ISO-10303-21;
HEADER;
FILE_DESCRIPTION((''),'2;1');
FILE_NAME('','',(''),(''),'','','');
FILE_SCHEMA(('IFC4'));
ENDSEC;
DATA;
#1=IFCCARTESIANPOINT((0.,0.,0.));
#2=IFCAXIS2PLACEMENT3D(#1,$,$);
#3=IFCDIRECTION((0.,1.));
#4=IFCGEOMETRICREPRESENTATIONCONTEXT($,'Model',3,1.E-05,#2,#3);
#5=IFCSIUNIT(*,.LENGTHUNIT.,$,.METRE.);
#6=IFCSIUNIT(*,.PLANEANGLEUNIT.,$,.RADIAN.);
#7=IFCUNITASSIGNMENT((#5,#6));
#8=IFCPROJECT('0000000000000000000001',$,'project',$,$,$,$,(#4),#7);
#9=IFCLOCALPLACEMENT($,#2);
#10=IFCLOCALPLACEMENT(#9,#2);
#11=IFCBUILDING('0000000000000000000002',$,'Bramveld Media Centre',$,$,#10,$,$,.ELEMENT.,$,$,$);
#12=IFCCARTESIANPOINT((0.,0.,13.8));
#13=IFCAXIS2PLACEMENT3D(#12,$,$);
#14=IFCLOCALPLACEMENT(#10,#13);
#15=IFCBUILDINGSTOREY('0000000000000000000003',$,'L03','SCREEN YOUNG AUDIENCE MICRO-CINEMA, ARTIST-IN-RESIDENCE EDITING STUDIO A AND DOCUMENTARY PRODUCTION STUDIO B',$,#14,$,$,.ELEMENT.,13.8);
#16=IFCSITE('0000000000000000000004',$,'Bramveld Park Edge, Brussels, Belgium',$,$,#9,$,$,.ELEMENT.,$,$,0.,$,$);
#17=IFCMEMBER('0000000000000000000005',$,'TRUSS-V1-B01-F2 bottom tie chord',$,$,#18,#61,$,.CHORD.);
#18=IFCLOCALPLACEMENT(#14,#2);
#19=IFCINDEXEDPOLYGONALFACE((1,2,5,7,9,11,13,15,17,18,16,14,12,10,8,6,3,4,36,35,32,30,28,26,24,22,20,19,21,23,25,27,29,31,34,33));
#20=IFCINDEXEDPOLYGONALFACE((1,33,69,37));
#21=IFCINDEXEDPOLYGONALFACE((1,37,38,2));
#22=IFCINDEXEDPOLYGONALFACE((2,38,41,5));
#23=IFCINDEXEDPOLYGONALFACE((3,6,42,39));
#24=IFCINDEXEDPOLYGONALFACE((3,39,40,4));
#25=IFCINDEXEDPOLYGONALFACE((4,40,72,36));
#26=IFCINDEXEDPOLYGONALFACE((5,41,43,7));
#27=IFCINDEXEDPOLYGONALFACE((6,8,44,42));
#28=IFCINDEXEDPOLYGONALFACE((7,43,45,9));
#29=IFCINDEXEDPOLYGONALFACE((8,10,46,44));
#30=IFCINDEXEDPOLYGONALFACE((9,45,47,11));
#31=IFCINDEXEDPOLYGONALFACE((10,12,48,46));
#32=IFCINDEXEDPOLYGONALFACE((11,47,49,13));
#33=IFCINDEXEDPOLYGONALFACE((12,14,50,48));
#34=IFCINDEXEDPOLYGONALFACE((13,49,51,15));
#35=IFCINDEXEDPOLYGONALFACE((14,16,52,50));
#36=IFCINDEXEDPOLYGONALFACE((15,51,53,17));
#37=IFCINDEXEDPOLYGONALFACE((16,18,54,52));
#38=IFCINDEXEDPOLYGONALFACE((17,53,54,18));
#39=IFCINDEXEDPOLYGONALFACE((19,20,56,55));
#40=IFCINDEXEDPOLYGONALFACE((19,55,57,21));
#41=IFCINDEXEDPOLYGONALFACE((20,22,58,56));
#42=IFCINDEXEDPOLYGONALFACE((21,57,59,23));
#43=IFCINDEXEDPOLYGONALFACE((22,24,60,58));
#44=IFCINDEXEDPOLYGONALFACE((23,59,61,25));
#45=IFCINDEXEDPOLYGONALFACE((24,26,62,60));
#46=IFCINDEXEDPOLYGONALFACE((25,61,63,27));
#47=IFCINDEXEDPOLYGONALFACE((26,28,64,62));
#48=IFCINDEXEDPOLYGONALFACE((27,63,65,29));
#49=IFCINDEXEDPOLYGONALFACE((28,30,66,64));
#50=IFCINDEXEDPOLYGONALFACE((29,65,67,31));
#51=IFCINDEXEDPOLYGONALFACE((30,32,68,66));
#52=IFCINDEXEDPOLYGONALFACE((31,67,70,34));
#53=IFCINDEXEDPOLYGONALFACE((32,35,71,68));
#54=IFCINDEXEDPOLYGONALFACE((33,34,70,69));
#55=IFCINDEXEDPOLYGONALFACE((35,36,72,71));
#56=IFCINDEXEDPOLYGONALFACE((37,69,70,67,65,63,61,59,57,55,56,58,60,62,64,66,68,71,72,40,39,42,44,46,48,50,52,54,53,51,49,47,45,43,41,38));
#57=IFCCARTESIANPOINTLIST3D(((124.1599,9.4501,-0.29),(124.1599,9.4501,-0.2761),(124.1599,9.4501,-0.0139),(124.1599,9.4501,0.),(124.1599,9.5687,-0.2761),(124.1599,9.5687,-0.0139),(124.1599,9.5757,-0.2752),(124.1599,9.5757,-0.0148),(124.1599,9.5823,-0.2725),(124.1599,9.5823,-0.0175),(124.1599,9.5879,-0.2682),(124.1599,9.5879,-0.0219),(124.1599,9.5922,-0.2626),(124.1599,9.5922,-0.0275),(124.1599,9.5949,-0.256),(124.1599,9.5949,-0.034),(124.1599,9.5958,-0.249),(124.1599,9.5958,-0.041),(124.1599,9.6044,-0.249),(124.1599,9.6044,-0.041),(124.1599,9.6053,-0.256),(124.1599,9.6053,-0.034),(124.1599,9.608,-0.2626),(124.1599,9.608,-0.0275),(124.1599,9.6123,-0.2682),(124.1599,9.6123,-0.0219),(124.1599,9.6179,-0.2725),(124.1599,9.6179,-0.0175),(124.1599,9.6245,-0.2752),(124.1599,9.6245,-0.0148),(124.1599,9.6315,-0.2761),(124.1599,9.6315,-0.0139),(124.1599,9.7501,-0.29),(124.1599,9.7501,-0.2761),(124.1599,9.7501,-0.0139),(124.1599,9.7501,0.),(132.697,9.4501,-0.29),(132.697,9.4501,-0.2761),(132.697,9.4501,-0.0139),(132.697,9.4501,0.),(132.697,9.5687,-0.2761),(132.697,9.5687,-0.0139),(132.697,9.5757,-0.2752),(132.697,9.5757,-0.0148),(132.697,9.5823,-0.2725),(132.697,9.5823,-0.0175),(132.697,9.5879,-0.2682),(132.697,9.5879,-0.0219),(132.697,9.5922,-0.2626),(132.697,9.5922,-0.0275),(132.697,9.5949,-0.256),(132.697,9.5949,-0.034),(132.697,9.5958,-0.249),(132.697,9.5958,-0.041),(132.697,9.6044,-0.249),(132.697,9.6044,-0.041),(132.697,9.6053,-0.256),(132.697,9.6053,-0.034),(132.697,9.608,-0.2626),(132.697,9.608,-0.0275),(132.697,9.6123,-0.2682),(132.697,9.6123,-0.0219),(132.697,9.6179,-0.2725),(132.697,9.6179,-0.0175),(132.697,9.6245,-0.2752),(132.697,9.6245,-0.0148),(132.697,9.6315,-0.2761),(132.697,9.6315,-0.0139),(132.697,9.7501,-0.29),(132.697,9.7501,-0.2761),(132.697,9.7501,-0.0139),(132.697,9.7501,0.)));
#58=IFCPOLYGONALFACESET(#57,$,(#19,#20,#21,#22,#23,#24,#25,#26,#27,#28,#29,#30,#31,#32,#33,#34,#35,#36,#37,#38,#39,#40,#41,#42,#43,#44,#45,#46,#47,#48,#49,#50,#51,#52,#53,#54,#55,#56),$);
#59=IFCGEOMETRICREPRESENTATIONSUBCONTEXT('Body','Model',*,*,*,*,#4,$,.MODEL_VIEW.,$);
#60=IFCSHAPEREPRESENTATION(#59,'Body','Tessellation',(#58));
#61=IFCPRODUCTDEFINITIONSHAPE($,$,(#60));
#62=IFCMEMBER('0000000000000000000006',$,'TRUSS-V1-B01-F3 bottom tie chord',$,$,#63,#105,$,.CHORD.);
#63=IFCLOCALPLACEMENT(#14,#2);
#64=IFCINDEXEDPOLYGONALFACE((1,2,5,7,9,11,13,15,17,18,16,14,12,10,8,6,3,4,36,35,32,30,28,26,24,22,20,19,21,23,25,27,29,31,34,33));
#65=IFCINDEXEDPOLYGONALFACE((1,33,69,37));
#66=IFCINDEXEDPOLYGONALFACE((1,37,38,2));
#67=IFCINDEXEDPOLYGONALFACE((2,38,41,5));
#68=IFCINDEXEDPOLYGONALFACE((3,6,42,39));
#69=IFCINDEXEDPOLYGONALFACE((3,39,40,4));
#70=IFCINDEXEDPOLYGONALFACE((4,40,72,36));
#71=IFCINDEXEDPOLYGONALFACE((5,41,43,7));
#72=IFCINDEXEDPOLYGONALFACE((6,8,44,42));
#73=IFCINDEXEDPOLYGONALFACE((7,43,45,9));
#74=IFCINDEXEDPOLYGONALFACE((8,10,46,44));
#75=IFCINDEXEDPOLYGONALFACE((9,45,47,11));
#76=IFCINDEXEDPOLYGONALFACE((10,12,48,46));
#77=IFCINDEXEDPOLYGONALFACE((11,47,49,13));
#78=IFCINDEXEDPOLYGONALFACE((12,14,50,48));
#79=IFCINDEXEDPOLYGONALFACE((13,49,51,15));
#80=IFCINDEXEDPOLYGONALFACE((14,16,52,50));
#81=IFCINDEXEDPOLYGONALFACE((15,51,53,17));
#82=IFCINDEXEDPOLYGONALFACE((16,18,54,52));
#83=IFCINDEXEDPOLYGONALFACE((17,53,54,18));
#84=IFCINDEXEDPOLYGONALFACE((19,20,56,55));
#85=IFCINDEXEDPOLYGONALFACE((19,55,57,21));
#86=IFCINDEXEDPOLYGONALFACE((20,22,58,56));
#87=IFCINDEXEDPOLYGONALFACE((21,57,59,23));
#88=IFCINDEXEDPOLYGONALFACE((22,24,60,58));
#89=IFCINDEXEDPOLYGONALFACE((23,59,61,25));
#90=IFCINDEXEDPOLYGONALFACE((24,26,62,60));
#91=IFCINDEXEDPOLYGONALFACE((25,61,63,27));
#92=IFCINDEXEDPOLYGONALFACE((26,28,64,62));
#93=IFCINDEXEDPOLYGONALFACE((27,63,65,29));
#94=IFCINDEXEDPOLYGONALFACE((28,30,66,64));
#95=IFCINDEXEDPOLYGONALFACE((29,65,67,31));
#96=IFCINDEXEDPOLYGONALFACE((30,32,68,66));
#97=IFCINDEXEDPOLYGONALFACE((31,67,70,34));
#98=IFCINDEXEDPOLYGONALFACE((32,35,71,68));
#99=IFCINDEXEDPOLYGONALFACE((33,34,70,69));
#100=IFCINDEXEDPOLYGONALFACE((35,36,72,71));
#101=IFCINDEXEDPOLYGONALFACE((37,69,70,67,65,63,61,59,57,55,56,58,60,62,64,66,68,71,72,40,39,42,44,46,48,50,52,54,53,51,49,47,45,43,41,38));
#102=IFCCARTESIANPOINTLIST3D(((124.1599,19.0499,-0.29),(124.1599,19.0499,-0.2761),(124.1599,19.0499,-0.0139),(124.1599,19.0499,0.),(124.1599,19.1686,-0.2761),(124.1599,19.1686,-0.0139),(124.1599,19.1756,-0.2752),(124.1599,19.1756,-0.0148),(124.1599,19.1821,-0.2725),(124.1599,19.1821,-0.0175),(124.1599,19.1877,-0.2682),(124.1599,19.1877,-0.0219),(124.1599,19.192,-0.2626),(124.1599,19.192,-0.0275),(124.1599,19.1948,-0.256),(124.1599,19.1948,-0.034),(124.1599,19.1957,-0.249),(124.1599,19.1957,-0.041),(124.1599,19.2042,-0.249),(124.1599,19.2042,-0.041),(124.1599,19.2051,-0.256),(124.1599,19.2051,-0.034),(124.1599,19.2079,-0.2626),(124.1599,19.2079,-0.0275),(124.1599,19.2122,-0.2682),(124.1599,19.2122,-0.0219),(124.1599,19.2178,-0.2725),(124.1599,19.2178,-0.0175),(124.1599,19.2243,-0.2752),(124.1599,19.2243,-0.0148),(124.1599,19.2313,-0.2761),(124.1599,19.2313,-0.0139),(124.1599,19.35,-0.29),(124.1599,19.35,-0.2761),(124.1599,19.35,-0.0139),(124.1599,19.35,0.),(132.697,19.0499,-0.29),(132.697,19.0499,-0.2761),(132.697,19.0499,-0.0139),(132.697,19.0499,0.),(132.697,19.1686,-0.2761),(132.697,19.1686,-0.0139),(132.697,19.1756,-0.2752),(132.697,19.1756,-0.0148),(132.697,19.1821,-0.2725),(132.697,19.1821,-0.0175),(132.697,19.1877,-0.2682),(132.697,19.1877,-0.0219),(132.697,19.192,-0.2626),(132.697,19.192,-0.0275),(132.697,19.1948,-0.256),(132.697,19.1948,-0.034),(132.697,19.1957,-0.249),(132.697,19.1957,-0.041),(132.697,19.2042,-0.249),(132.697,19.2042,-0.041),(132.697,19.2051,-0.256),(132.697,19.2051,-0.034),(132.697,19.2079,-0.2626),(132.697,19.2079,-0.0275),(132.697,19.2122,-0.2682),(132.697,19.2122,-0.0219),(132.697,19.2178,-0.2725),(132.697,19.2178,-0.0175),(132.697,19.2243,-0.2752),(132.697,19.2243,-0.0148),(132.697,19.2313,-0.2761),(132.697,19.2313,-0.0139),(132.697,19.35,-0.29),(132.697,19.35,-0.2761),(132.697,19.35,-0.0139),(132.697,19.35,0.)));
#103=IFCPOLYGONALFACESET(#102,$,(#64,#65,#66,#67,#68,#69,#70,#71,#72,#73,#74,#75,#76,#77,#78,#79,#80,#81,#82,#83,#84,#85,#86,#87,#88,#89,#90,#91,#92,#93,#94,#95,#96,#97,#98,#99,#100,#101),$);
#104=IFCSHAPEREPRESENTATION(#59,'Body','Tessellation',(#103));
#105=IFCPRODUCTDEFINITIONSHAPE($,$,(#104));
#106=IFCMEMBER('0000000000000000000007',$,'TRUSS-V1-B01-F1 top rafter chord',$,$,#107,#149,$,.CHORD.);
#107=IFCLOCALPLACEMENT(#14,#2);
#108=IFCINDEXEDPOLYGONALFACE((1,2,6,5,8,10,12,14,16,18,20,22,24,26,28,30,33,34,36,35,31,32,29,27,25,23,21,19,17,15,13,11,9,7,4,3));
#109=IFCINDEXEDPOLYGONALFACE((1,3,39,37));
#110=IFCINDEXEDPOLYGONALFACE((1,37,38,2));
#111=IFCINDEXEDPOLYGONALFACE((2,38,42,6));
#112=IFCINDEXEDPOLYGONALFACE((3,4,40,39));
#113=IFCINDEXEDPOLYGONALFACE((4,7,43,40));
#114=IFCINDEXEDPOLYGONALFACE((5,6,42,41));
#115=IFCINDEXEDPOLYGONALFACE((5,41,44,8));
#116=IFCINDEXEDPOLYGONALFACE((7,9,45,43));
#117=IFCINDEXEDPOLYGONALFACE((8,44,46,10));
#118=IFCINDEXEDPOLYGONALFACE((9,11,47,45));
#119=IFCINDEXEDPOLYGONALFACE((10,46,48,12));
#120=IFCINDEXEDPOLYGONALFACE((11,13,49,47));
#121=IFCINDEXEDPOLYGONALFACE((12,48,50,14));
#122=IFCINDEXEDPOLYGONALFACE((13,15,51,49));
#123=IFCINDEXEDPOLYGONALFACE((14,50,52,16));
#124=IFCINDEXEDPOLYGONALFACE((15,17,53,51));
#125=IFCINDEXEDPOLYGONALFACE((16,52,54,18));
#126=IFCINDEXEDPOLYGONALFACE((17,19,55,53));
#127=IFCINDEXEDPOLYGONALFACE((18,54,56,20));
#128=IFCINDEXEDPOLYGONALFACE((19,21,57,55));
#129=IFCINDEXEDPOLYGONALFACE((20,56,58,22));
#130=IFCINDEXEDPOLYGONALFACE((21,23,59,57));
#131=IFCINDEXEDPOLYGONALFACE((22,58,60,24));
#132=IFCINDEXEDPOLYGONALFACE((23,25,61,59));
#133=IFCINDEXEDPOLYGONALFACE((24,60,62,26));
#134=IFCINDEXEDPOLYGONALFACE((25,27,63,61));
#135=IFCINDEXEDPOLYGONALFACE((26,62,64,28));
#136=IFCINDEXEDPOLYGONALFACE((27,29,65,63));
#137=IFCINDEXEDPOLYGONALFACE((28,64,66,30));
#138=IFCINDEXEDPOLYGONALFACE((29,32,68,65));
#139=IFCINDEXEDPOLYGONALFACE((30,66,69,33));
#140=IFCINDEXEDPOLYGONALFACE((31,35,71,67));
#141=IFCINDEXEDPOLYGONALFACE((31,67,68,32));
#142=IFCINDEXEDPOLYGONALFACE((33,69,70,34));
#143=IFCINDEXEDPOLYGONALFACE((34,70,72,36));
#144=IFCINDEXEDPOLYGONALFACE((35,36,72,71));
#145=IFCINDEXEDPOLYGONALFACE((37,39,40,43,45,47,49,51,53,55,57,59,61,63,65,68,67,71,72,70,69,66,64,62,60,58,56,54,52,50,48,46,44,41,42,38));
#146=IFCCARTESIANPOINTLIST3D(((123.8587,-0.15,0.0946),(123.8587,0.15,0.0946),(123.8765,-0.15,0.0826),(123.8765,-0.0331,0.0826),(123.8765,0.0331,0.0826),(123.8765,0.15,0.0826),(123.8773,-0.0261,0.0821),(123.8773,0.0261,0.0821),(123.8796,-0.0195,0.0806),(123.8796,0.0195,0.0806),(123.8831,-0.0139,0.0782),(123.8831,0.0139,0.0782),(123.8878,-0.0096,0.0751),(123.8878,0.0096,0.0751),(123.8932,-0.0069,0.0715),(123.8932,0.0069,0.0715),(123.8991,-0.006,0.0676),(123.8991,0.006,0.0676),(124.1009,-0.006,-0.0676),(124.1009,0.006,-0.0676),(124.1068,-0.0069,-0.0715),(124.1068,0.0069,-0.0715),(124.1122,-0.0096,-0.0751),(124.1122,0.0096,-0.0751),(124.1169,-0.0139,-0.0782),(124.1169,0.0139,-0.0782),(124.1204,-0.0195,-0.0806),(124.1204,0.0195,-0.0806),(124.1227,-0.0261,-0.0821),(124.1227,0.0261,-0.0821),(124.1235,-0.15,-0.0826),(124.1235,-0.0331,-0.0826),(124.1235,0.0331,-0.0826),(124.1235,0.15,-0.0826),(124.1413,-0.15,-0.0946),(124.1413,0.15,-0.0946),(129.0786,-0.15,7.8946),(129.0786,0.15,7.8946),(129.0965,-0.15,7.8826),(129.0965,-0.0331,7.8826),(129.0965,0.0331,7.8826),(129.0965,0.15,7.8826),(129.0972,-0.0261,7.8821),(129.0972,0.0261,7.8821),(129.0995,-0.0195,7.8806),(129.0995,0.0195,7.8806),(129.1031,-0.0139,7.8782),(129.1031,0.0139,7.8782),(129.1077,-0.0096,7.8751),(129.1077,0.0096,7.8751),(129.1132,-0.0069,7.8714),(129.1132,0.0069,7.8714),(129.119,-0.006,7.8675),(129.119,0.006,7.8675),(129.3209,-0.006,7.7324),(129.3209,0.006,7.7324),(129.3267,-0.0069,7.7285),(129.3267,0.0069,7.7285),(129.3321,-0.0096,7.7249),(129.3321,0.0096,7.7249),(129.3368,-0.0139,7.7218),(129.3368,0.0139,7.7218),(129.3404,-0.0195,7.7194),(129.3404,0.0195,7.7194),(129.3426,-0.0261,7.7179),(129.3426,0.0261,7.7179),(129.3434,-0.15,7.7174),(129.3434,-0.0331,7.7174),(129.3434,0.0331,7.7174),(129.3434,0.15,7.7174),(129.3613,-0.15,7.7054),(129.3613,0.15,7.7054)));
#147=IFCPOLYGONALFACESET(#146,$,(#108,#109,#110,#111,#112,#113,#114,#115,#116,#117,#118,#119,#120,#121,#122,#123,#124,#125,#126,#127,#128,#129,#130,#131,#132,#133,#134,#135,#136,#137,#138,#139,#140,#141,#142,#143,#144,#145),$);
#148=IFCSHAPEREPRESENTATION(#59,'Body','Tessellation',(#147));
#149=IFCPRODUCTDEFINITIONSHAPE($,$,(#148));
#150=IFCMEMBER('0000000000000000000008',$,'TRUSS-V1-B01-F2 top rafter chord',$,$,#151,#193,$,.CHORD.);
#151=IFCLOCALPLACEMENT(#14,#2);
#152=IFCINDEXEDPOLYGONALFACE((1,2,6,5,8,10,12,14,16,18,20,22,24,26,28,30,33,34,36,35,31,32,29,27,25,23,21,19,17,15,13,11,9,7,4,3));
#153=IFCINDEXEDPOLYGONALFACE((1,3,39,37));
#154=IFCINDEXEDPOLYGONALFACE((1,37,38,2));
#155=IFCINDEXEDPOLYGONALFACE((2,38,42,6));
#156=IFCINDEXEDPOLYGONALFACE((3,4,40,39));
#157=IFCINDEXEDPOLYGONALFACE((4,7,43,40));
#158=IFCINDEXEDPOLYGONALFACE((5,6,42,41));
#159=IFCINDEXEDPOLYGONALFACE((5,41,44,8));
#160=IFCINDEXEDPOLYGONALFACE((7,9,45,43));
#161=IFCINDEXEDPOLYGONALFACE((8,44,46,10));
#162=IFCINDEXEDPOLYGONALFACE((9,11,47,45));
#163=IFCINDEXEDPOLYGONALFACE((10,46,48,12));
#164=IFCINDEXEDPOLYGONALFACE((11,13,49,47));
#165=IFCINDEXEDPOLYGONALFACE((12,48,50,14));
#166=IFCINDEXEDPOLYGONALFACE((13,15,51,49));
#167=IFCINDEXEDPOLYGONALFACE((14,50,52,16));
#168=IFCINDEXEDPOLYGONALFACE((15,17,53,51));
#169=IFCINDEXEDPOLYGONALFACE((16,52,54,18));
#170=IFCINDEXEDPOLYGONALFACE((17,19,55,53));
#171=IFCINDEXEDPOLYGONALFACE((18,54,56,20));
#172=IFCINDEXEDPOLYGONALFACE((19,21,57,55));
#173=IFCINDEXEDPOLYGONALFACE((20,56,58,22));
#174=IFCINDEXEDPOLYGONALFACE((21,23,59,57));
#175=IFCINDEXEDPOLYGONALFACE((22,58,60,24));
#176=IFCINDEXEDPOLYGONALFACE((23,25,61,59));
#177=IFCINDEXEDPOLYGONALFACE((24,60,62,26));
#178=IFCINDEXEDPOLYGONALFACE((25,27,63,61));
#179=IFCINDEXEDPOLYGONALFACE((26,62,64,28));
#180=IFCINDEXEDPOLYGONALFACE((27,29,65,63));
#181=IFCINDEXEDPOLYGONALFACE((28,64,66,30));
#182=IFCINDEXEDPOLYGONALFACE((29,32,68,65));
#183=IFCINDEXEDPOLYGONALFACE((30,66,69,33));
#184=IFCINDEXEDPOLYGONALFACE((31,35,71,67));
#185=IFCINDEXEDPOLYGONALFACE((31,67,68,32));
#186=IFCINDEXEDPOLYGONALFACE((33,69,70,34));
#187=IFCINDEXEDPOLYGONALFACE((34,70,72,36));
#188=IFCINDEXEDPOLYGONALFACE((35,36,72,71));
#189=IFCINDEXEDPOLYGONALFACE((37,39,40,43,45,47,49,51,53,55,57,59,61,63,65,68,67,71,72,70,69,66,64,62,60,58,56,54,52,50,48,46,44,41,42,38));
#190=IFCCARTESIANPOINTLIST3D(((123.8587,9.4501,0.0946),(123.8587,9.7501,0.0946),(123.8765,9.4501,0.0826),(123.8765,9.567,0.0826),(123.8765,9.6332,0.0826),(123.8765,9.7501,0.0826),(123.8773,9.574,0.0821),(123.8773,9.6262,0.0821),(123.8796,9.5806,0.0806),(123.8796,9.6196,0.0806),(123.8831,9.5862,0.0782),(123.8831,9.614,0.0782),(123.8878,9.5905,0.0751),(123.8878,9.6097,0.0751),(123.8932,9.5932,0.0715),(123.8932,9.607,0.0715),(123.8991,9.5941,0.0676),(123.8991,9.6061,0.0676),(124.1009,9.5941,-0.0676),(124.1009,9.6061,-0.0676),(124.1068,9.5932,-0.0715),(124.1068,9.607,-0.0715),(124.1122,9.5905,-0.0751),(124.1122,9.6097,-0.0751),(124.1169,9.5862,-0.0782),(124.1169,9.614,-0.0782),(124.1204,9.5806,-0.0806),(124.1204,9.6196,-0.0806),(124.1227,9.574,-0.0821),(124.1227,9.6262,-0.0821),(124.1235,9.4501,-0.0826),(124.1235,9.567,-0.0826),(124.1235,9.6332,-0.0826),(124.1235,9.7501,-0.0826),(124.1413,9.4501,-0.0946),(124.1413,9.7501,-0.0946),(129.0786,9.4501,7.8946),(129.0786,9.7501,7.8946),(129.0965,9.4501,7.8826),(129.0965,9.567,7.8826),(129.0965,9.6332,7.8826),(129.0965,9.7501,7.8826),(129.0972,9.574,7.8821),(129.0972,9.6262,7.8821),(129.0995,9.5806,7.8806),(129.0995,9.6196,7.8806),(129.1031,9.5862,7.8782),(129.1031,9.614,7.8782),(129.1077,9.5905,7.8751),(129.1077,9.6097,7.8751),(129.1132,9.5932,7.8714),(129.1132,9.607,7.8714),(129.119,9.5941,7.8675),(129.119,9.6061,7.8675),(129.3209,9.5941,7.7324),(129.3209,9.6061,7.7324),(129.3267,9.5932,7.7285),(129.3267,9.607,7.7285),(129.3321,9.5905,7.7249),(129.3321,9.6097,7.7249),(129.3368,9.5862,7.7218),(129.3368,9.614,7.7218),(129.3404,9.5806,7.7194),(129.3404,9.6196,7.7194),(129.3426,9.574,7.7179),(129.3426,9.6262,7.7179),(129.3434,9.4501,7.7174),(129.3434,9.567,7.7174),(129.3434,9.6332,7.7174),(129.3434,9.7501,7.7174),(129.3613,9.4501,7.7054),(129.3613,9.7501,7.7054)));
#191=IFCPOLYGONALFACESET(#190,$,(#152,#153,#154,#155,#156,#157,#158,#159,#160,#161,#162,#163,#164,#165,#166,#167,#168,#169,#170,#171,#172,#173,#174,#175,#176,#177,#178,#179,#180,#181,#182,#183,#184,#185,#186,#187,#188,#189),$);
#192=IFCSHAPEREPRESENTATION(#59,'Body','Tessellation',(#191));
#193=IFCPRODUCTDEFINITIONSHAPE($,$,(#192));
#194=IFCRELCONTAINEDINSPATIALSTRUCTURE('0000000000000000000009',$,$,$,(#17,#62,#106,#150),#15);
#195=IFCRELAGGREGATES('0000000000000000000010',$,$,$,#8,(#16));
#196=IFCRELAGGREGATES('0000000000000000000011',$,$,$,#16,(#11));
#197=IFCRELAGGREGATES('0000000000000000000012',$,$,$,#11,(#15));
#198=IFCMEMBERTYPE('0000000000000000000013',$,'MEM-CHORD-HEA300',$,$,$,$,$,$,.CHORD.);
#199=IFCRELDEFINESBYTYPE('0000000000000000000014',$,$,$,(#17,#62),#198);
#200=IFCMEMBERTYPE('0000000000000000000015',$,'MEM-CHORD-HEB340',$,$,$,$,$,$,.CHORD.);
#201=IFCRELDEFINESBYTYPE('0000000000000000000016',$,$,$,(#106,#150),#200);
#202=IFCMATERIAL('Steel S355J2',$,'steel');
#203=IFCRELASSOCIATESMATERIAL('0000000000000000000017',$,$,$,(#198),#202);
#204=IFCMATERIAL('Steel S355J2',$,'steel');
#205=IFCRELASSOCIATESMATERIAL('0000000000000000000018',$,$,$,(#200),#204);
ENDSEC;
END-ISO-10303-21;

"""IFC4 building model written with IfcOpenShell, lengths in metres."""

from ifc_helpers import new_model, si_unit, direction, frame, origin, origin_2d, place, context, subcontext, project, spatial, i_section, extrude, material, material_profile, profile_set, type_object, element, save


model = new_model("IFC4")

# Units and contexts
model_context = context("Model", 3, precision=1e-05, world=origin(), true_north=direction((0.0, 1.0)))
body_context = subcontext(model_context, "Body", "Model", "MODEL_VIEW")
ifc_project = project(units=[si_unit("LENGTHUNIT", "METRE"), si_unit("PLANEANGLEUNIT", "RADIAN")], contexts=[model_context])

# Site, building, storey
site_placement = place(None, origin())
site = spatial("IfcSite", under=ifc_project, at=site_placement, Name="Bramveld Park Edge, Brussels, Belgium", CompositionType="ELEMENT", RefElevation=0.0)
building_placement = place(site_placement, origin())
building = spatial("IfcBuilding", under=site, at=building_placement, Name="Bramveld Media Centre", CompositionType="ELEMENT")
storey_placement = place(building_placement, frame((0.0, 0.0, 13.8)))
storey = spatial("IfcBuildingStorey", under=building, at=storey_placement, Name="L03", Description="SCREEN YOUNG AUDIENCE MICRO-CINEMA, ARTIST-IN-RESIDENCE EDITING STUDIO A AND DOCUMENTARY PRODUCTION STUDIO B", CompositionType="ELEMENT", Elevation=13.8)

# Members
ifc_material_1 = material(Name="Steel S355J2", Category="steel")
ifc_material_profile_1 = material_profile(ifc_material_1, i_section(OverallWidth=0.3, OverallDepth=0.29, WebThickness=0.0085, FlangeThickness=0.0139, FilletRadius=0.0271, at=origin_2d()), Name="HEA 300")
ifc_profile_set_1 = profile_set([ifc_material_profile_1], Name="Steel S355J2")
member_type_1 = type_object("IfcMemberType", Name="MEM-CHORD-HEA300", PredefinedType="CHORD", material=ifc_profile_set_1)
for number, where, z_axis, x_axis, name in (
    (1, (124.1599, 9.6001, -0.145), (1.0, 0.0, 0.0), (0.0, 1.0, 0.0), "TRUSS-V1-B01-F2 bottom tie chord"),
    (2, (124.1599, 19.2, -0.145), (1.0, 0.0, 0.0), (0.0, 1.0, 0.0), "TRUSS-V1-B01-F3 bottom tie chord"),
):
    element("IfcMember", number, at=place(storey_placement, frame(where, z_axis=z_axis, x_axis=x_axis)), inside=storey, type_object=member_type_1, Name=name, PredefinedType="CHORD", context=body_context, shape_type="SweptSolid", body=[
        extrude(i_section(OverallWidth=0.3, OverallDepth=0.29, WebThickness=0.0085, FlangeThickness=0.0139, FilletRadius=0.0271, at=origin_2d()), origin(), (0.0, 0.0, 1.0), 8.5371),
    ])
ifc_material_2 = material(Name="Steel S355J2", Category="steel")
ifc_material_profile_2 = material_profile(ifc_material_2, i_section(OverallWidth=0.3, OverallDepth=0.3401, WebThickness=0.012, FlangeThickness=0.0215, FilletRadius=0.0271, at=origin_2d()), Name="HEB 340")
ifc_profile_set_2 = profile_set([ifc_material_profile_2], Name="Steel S355J2")
member_type_2 = type_object("IfcMemberType", Name="MEM-CHORD-HEB340", PredefinedType="CHORD", material=ifc_profile_set_2)
for number, where, z_axis, x_axis, name in (
    (3, (124.0, 0.0, 0.0), (0.55617, 0.0, 0.831069), (0.0, 1.0, 0.0), "TRUSS-V1-B01-F1 top rafter chord"),
    (4, (124.0, 9.6001, 0.0), (0.55617, 0.0, 0.831069), (0.0, 1.0, 0.0), "TRUSS-V1-B01-F2 top rafter chord"),
):
    element("IfcMember", number, at=place(storey_placement, frame(where, z_axis=z_axis, x_axis=x_axis)), inside=storey, type_object=member_type_2, Name=name, PredefinedType="CHORD", context=body_context, shape_type="SweptSolid", body=[
        extrude(i_section(OverallWidth=0.3, OverallDepth=0.3401, WebThickness=0.012, FlangeThickness=0.0215, FilletRadius=0.0271, at=origin_2d()), origin(), (0.0, 0.0, 1.0), 9.3855),
    ])

save(model, "model.ifc")
